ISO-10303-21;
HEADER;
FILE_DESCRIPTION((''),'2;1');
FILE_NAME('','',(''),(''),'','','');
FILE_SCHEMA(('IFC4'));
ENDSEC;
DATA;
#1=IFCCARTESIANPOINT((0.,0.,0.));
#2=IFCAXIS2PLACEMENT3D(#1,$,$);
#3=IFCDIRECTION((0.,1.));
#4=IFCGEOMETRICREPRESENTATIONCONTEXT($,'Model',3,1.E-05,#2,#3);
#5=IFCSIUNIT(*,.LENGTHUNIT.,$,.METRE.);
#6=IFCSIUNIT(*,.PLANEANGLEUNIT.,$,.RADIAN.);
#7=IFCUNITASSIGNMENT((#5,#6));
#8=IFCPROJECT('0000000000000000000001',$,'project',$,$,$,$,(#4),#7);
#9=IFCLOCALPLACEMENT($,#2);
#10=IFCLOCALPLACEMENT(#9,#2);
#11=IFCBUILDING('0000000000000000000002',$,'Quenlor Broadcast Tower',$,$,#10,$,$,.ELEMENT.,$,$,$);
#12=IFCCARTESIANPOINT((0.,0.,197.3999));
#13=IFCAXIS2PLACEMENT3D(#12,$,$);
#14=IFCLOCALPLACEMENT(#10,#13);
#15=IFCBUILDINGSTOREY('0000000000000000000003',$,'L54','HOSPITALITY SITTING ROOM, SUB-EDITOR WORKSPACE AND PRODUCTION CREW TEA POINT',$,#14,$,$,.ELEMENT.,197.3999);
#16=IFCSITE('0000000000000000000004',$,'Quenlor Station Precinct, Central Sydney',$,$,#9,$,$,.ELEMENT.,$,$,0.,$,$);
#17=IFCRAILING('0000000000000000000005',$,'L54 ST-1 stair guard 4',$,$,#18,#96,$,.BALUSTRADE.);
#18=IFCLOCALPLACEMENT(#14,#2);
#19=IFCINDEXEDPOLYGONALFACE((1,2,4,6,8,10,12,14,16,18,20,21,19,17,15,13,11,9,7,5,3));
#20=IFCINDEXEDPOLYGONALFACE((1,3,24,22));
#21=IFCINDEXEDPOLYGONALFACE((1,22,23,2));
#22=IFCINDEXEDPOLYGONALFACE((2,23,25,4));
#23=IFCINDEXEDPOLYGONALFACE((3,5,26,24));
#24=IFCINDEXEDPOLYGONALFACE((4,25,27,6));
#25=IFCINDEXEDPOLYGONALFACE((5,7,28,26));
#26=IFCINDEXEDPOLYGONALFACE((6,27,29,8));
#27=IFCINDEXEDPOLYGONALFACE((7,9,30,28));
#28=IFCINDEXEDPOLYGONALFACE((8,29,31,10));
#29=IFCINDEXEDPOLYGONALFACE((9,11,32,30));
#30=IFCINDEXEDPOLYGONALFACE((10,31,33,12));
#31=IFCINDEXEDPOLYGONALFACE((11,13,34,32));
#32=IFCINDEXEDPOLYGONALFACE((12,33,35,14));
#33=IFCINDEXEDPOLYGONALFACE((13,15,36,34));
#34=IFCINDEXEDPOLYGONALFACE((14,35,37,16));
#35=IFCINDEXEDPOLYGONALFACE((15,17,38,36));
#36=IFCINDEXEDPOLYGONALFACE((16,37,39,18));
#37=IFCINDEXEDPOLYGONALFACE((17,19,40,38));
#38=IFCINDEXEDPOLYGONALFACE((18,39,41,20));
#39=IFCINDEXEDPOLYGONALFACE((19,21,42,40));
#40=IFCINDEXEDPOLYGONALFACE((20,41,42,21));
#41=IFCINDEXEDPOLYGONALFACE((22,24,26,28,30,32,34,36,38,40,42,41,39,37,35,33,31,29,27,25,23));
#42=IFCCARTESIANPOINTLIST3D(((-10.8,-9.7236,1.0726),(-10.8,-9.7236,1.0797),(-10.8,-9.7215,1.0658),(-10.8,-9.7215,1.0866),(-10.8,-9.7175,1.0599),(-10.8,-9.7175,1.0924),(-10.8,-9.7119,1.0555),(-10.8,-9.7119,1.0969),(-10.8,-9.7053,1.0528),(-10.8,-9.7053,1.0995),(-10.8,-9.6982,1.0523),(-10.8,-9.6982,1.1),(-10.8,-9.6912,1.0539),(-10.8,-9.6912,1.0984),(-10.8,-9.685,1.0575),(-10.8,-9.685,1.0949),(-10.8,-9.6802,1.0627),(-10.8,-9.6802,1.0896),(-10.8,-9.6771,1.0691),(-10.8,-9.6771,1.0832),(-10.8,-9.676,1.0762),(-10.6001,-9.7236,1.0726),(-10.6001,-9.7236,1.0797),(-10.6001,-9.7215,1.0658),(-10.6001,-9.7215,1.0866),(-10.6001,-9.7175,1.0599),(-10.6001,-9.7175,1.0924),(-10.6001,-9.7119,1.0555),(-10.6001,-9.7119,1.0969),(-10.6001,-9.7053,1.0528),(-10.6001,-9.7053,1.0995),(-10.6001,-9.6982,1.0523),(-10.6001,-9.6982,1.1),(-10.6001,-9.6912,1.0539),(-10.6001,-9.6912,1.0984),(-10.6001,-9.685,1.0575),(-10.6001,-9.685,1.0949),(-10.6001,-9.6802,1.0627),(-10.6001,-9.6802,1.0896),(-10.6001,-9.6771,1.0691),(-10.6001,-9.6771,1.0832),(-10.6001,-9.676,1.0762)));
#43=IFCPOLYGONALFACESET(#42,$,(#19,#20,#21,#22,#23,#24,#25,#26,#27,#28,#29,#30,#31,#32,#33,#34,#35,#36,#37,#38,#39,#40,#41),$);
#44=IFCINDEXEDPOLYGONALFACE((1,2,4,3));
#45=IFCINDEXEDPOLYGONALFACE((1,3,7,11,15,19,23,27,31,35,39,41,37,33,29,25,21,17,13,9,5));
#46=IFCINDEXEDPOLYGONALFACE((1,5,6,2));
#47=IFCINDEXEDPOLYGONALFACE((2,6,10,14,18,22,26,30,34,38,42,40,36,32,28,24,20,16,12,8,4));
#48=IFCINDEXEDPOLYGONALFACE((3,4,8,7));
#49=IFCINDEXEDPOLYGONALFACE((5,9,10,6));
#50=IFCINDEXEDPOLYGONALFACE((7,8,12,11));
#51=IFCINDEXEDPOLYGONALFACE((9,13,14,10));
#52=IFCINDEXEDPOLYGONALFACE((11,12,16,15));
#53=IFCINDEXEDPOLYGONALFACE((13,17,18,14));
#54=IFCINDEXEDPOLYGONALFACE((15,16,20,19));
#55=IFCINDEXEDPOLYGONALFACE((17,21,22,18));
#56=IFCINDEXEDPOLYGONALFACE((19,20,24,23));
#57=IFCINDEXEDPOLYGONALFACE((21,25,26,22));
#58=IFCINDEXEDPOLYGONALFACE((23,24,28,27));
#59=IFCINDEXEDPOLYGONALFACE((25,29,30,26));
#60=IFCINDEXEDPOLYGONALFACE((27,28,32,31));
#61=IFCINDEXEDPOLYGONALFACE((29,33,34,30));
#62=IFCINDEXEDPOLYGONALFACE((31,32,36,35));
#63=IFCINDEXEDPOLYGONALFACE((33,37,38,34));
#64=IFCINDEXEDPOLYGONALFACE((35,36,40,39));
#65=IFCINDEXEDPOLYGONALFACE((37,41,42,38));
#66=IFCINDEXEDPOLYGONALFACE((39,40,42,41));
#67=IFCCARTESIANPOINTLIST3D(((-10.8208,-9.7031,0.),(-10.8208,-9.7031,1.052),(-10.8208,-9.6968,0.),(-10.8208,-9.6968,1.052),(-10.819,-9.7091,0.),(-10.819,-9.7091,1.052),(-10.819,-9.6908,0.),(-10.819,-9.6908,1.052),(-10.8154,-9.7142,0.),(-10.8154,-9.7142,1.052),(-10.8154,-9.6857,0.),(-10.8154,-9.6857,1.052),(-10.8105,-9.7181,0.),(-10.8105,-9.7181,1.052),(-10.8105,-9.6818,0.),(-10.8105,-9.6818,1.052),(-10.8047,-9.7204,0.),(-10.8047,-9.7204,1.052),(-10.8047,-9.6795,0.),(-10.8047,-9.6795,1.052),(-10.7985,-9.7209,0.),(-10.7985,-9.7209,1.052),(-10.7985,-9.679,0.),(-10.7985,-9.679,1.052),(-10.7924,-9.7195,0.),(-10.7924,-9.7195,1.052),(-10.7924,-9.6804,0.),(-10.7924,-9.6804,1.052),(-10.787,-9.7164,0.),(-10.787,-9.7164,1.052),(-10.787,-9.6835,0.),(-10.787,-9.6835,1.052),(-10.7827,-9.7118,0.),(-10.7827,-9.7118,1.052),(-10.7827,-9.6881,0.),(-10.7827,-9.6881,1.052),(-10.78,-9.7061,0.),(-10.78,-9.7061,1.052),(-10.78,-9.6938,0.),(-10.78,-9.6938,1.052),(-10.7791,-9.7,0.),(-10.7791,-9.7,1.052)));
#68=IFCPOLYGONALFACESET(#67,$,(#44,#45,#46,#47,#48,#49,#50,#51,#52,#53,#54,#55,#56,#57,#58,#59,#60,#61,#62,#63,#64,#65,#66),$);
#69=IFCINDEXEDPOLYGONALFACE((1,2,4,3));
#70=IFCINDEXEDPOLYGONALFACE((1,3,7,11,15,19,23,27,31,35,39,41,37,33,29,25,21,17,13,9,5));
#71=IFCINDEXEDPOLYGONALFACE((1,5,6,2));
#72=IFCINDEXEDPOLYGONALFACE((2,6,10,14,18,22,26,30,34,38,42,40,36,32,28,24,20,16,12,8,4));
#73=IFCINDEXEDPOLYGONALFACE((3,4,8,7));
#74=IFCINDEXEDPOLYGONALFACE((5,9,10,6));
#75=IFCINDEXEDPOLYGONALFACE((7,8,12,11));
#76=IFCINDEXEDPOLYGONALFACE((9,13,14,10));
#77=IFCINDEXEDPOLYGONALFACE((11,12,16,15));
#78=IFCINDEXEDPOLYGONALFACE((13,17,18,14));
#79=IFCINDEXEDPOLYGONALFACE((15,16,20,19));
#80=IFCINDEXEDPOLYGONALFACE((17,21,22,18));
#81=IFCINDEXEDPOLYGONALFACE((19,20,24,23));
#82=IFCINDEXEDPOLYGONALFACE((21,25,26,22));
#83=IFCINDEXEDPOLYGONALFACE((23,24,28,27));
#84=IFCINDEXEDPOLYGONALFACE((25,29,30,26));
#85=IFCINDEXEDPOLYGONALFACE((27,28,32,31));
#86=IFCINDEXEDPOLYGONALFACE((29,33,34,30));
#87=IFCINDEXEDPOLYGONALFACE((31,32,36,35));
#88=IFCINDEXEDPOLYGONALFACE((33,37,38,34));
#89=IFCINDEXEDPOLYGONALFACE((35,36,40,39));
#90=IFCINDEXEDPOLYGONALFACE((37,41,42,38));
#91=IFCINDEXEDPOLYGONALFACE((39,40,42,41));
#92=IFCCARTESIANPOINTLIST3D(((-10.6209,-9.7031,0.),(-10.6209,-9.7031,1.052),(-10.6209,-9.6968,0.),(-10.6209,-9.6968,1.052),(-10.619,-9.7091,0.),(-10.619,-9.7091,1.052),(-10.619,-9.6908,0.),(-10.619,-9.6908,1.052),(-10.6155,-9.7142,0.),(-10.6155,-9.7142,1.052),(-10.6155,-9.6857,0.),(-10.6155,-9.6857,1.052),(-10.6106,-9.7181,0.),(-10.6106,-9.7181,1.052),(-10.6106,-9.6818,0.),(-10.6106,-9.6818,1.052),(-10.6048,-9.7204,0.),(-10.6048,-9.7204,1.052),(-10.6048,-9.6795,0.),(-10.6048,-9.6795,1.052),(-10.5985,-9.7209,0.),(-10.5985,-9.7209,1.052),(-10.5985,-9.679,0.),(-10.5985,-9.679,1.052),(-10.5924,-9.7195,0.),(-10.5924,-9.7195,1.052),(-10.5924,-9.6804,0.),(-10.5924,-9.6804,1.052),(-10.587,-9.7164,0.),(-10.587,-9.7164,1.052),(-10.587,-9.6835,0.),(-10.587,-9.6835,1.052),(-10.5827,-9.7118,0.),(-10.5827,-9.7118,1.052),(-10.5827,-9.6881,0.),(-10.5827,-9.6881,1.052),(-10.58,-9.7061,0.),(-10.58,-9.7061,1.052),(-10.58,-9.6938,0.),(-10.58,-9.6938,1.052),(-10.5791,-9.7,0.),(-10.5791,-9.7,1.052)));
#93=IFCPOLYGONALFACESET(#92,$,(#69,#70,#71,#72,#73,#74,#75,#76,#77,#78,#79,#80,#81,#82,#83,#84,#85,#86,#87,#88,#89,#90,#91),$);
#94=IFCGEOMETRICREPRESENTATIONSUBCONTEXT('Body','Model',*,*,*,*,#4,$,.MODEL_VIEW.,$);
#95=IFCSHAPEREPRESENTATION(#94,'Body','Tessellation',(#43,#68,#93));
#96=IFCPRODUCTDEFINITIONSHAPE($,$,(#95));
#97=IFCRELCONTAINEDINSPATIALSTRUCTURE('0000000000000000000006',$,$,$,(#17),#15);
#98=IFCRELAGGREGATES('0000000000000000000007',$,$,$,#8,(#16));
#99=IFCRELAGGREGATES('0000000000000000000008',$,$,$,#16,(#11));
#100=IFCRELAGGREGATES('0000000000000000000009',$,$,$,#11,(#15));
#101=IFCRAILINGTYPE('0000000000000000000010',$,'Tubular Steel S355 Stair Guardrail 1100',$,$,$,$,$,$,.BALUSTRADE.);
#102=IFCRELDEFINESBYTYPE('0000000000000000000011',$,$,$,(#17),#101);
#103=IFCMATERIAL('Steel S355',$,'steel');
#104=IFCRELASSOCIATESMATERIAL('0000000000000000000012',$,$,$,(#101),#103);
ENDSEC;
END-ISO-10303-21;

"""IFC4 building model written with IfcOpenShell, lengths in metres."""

from ifc_helpers import new_model, si_unit, direction, frame, origin, origin_2d, place, context, subcontext, project, spatial, circle, extrude, material, type_object, element, save


model = new_model("IFC4")

# Units and contexts
model_context = context("Model", 3, precision=1e-05, world=origin(), true_north=direction((0.0, 1.0)))
body_context = subcontext(model_context, "Body", "Model", "MODEL_VIEW")
ifc_project = project(units=[si_unit("LENGTHUNIT", "METRE"), si_unit("PLANEANGLEUNIT", "RADIAN")], contexts=[model_context])

# Site, building, storey
site_placement = place(None, origin())
site = spatial("IfcSite", under=ifc_project, at=site_placement, Name="Quenlor Station Precinct, Central Sydney", CompositionType="ELEMENT", RefElevation=0.0)
building_placement = place(site_placement, origin())
building = spatial("IfcBuilding", under=site, at=building_placement, Name="Quenlor Broadcast Tower", CompositionType="ELEMENT")
storey_placement = place(building_placement, frame((0.0, 0.0, 197.3999)))
storey = spatial("IfcBuildingStorey", under=building, at=storey_placement, Name="L54", Description="HOSPITALITY SITTING ROOM, SUB-EDITOR WORKSPACE AND PRODUCTION CREW TEA POINT", CompositionType="ELEMENT", Elevation=197.3999)

# Railing
ifc_material_1 = material(Name="Steel S355", Category="steel")
railing_type = type_object("IfcRailingType", Name="Tubular Steel S355 Stair Guardrail 1100", PredefinedType="BALUSTRADE", material=ifc_material_1)
railing_1_placement = place(storey_placement, frame((-10.8, -9.7, 0.0)))
element("IfcRailing", 1, at=railing_1_placement, inside=storey, type_object=railing_type, Name="L54 ST-1 stair guard 4", PredefinedType="BALUSTRADE", context=body_context, shape_type="SweptSolid", body=[
    extrude(circle(Radius=0.0239, at=origin_2d()), frame((0.0, 0.0, 1.0762), z_axis=(1.0, 0.0, 0.0), x_axis=(0.0, 1.0, 0.0)), (0.0, 0.0, 1.0), 0.2),
    extrude(circle(Radius=0.021, at=origin_2d()), origin(), (0.0, 0.0, 1.0), 1.052),
    extrude(circle(Radius=0.021, at=origin_2d()), frame((0.2, 0.0, 0.0)), (0.0, 0.0, 1.0), 1.052),
])

save(model, "model.ifc")
